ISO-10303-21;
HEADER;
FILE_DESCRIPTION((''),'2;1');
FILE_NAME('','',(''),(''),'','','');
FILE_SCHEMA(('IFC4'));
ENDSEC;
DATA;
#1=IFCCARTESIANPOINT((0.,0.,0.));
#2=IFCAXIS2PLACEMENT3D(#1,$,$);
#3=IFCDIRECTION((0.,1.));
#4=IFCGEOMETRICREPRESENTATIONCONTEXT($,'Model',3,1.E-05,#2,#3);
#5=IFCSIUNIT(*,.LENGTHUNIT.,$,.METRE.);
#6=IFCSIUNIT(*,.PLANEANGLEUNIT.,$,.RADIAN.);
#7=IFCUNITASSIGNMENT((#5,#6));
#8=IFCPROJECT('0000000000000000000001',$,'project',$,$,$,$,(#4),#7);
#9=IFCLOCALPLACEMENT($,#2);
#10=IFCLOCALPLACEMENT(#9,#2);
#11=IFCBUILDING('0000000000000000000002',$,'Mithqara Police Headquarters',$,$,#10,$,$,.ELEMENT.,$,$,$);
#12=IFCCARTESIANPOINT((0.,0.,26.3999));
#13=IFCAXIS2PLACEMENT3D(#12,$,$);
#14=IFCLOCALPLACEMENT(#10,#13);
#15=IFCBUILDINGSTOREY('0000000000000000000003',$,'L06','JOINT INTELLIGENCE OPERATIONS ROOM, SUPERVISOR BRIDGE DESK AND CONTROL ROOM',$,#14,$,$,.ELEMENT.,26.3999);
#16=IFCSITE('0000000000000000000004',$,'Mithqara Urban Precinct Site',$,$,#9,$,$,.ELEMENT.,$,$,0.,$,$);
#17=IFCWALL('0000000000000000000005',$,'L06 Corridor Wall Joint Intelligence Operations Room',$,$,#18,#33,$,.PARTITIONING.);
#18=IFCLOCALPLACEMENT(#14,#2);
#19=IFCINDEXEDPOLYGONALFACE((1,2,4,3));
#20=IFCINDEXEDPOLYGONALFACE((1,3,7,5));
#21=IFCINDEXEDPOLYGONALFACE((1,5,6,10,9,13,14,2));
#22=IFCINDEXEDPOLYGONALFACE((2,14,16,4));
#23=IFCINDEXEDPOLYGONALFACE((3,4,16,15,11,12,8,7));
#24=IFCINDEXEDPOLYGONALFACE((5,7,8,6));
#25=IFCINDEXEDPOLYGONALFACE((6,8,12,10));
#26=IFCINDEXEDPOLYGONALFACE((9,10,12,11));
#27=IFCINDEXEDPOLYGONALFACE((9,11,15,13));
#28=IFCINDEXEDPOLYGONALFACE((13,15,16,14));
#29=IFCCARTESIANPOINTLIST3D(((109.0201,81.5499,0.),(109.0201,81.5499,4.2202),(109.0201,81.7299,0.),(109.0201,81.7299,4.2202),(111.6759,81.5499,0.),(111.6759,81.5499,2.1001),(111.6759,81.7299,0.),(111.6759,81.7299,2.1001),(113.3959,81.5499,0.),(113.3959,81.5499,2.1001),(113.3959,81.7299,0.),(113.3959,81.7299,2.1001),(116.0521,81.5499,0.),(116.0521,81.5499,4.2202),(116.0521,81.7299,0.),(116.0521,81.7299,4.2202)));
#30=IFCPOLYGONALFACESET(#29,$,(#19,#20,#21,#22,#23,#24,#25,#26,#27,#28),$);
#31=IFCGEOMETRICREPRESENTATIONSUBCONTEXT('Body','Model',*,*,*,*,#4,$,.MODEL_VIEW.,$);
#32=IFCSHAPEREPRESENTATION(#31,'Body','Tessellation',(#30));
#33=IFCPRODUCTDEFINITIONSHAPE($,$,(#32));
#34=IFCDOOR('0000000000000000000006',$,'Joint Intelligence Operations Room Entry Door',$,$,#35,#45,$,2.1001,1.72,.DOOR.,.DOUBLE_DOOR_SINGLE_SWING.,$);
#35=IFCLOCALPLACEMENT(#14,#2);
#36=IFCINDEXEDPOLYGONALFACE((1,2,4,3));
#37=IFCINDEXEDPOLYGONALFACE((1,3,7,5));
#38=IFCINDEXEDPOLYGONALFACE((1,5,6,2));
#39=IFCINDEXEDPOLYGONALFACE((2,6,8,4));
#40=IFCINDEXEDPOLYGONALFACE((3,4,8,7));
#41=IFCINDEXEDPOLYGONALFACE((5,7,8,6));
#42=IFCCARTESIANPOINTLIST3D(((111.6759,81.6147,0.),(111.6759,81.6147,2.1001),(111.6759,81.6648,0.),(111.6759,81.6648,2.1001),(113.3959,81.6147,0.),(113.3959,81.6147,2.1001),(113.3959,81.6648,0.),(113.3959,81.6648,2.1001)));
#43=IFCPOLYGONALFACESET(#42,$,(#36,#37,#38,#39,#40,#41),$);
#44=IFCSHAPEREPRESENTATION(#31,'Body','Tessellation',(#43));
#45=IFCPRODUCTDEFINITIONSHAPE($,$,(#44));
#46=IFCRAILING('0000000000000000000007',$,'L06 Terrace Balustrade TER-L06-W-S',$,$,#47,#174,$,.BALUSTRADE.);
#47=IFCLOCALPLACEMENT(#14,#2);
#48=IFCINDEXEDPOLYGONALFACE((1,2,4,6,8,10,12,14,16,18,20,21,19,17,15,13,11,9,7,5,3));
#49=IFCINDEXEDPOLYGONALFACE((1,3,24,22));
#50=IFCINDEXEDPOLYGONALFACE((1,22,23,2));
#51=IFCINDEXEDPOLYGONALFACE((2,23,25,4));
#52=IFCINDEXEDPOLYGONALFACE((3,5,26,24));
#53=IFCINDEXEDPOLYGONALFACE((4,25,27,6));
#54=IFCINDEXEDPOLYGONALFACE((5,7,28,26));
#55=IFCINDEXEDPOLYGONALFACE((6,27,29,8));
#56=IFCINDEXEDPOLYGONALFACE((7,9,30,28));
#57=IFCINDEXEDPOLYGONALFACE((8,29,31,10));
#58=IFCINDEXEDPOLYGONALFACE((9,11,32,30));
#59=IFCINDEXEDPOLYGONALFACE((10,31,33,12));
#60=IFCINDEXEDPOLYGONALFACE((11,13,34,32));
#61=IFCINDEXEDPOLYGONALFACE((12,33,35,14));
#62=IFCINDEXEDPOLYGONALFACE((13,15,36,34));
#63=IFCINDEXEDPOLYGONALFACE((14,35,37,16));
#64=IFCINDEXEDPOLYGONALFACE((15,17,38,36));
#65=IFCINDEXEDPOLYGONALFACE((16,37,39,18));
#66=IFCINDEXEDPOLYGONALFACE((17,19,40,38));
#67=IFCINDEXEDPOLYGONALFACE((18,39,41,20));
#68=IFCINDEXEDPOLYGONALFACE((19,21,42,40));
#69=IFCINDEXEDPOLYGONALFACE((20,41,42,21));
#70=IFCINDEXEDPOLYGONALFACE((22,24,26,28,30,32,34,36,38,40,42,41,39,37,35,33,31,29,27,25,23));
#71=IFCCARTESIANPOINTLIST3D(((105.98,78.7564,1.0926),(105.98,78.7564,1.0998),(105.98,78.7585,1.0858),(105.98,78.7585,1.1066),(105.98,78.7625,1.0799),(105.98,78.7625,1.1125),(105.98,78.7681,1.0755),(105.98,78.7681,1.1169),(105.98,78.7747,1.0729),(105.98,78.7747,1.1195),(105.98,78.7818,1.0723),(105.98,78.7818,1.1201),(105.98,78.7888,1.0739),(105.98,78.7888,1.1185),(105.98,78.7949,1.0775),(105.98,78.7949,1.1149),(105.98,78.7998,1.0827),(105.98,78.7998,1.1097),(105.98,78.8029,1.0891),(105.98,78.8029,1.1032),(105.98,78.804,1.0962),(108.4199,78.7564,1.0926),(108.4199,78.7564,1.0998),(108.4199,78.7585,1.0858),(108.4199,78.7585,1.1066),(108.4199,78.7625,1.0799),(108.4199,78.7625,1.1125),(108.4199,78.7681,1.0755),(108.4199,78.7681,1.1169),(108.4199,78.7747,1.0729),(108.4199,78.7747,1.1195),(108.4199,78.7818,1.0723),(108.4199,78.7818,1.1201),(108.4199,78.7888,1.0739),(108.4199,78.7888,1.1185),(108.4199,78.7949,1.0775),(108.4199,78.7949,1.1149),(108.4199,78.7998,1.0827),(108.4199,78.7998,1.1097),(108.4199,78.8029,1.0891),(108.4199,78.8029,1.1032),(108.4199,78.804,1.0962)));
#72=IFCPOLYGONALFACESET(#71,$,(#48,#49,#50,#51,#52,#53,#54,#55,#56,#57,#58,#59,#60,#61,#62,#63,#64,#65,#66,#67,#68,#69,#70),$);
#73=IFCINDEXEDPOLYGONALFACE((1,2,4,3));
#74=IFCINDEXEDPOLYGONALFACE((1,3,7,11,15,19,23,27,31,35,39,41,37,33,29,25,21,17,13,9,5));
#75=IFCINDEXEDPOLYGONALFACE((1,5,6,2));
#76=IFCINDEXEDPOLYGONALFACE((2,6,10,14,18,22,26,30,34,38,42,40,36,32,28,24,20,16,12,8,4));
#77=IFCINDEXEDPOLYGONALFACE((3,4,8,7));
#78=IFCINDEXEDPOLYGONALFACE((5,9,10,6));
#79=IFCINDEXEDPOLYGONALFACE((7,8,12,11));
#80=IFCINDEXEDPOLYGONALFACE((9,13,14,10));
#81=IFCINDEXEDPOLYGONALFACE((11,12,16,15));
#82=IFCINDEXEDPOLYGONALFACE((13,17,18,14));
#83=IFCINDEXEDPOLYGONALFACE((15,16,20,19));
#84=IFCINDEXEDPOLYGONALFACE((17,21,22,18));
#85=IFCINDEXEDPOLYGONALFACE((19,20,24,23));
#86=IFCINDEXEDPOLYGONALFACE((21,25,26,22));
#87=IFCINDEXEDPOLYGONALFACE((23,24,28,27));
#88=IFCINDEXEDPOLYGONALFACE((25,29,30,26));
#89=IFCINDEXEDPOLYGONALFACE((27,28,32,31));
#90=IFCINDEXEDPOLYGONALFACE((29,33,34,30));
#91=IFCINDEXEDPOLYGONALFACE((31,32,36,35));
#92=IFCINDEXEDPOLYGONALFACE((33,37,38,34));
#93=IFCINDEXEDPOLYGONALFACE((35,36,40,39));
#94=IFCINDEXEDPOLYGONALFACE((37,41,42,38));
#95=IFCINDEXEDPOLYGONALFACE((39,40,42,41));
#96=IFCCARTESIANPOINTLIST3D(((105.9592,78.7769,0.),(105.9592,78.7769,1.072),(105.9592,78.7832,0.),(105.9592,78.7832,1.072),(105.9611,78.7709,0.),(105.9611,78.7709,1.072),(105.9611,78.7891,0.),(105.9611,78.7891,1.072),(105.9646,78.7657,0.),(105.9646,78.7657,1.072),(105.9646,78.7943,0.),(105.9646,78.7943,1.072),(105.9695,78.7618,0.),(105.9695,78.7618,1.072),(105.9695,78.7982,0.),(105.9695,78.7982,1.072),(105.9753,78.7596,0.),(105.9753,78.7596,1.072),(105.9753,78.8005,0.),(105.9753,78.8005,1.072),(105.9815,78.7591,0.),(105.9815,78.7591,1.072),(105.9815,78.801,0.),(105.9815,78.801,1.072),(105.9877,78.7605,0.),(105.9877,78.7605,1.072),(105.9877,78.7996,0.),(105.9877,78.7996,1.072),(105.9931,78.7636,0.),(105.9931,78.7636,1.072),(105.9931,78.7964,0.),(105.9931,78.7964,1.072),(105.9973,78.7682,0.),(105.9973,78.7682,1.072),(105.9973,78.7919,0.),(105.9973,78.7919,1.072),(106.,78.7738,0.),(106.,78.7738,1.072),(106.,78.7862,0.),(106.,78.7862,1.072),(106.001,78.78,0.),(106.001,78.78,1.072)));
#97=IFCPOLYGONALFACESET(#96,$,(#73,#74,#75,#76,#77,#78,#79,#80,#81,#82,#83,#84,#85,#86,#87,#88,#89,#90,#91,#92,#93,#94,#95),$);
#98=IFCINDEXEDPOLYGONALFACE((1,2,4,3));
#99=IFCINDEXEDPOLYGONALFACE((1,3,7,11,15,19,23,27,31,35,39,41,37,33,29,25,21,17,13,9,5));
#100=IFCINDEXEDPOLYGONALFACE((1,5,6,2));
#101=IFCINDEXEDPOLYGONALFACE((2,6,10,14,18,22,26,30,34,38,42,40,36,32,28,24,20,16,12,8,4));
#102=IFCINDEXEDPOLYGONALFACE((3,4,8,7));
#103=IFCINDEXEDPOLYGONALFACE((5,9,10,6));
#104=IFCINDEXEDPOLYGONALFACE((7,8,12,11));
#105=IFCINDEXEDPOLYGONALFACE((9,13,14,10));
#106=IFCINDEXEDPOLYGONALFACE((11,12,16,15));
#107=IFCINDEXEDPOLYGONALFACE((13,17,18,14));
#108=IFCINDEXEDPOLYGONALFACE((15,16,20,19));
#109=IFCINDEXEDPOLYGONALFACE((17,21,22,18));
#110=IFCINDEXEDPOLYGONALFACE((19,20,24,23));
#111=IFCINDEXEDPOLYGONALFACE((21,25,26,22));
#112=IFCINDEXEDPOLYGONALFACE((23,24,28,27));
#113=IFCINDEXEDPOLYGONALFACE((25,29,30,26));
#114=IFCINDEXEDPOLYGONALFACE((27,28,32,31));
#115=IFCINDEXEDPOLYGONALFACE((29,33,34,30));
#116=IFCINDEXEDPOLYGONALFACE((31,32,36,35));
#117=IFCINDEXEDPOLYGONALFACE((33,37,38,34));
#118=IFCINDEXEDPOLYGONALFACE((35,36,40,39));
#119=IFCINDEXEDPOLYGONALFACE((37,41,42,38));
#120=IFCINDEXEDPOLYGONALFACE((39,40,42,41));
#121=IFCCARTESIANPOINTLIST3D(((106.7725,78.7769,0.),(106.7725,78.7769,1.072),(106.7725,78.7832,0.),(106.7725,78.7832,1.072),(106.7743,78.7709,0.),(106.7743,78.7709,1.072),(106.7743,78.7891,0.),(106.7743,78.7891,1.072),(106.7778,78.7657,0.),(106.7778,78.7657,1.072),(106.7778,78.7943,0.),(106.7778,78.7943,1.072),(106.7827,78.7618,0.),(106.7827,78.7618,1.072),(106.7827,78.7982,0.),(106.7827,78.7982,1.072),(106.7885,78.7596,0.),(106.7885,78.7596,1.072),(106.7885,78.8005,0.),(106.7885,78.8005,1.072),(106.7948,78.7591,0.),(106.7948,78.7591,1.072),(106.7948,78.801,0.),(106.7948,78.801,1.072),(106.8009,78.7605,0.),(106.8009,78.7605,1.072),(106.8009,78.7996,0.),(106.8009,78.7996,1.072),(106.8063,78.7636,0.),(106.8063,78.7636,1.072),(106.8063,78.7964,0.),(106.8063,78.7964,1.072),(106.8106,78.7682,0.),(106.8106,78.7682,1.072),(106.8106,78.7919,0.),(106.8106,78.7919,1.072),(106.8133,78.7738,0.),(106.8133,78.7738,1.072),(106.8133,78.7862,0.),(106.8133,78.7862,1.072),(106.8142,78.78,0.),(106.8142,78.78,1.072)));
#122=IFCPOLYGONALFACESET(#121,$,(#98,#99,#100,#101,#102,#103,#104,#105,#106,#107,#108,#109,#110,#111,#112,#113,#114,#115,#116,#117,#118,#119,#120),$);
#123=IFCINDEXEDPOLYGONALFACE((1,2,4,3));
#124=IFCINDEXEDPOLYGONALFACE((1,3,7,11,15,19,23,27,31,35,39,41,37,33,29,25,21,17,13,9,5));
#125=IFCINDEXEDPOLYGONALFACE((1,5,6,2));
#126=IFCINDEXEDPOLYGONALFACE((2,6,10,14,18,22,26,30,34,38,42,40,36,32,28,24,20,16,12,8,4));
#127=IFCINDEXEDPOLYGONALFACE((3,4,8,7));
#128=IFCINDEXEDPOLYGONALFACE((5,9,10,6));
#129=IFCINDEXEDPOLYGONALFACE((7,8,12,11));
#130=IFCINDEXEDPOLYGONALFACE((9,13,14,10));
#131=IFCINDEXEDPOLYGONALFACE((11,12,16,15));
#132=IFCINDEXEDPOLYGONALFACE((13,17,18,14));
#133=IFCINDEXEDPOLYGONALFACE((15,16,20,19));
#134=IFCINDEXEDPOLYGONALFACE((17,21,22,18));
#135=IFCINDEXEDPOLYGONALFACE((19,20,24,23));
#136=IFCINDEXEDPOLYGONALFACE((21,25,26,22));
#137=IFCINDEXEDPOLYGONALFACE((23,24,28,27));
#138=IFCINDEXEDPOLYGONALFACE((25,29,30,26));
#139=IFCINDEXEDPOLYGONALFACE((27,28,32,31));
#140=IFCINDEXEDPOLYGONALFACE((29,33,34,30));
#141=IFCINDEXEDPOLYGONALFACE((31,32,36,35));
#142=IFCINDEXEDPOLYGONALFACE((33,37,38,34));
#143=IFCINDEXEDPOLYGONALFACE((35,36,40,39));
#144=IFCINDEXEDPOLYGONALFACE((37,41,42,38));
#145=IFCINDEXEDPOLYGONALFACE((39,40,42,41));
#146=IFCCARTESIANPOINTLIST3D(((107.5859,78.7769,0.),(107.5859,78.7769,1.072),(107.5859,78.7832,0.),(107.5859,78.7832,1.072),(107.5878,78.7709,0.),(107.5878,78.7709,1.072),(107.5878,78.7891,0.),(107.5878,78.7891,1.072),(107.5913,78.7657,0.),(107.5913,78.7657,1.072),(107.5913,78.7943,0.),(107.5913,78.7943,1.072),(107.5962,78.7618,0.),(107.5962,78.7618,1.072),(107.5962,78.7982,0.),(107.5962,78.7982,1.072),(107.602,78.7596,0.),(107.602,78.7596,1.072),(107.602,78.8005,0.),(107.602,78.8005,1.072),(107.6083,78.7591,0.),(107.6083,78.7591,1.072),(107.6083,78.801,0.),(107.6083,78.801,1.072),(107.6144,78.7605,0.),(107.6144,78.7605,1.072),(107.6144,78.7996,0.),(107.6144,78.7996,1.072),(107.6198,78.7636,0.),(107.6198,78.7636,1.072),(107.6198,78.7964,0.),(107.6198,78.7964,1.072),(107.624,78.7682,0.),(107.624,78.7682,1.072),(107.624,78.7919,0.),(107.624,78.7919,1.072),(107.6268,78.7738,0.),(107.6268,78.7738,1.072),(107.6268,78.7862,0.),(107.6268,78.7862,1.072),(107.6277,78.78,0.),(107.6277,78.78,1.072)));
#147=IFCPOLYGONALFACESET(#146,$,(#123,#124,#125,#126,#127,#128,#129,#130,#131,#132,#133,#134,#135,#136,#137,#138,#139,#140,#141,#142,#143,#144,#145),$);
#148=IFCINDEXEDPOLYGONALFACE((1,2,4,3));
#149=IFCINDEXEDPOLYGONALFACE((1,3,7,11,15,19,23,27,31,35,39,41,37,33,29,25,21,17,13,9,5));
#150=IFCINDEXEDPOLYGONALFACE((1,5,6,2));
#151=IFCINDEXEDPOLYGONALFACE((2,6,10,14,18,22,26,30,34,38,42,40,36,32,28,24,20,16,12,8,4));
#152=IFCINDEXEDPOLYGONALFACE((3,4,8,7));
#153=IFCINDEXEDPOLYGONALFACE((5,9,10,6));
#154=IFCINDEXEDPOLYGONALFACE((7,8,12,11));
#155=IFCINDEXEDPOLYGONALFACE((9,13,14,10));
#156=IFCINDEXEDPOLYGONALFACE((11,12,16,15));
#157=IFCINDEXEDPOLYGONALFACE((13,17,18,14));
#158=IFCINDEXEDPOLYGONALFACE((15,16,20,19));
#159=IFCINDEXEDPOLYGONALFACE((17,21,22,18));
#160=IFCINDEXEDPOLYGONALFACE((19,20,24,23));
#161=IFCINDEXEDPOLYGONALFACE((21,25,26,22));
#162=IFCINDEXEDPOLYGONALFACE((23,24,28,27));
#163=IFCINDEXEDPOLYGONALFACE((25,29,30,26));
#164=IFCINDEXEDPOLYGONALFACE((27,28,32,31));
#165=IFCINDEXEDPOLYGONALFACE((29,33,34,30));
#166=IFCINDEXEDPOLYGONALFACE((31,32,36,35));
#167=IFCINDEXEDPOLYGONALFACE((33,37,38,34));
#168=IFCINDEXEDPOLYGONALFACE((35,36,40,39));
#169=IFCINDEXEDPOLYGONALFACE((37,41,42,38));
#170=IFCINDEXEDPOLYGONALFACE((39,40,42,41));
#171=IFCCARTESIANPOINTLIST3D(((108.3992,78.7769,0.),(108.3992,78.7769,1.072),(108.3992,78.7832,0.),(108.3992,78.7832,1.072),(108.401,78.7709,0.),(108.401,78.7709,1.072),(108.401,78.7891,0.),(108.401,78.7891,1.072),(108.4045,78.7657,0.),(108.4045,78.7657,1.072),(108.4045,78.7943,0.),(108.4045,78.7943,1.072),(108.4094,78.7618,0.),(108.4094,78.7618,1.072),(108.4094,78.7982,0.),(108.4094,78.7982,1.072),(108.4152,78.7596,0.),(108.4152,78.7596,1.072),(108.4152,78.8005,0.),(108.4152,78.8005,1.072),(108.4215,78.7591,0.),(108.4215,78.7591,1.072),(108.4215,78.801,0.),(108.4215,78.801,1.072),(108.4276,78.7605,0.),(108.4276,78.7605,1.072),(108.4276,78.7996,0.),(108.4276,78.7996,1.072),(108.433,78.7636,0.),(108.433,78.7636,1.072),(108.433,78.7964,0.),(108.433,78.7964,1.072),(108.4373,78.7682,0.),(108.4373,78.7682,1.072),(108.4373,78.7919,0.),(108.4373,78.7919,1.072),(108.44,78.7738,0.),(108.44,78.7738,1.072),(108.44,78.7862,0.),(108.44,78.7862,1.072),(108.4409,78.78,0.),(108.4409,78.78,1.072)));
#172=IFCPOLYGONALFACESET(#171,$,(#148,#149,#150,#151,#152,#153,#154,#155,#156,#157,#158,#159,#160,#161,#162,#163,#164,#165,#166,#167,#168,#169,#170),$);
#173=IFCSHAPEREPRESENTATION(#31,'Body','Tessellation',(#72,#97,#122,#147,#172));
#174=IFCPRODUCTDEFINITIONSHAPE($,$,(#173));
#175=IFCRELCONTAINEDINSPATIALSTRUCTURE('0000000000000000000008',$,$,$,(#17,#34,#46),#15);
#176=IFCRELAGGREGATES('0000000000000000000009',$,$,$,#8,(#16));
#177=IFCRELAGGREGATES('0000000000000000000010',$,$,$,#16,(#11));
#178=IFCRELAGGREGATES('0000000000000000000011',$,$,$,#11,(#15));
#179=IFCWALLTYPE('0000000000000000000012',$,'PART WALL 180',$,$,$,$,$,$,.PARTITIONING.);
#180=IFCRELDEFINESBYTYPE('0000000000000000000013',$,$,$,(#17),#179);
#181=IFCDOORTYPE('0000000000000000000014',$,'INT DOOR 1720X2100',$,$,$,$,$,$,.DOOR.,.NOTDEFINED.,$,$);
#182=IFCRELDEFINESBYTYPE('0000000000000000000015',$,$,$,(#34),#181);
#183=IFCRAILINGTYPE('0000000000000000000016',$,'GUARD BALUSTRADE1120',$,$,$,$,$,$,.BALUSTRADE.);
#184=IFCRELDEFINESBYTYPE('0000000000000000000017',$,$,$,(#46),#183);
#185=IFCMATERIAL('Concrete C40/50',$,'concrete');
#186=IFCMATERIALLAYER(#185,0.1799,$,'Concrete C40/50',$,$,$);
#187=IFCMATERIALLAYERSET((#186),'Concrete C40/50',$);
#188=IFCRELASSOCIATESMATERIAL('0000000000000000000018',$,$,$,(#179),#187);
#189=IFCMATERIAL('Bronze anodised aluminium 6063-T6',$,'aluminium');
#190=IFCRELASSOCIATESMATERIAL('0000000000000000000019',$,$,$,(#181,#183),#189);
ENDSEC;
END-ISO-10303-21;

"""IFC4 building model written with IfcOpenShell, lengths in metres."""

from ifc_helpers import new_model, si_unit, direction, frame, frame_2d, origin, origin_2d, place, context, subcontext, project, spatial, rectangle, circle, extrude, material, layer, layer_set, type_object, element, fill, save


model = new_model("IFC4")

# Units and contexts
model_context = context("Model", 3, precision=1e-05, world=origin(), true_north=direction((0.0, 1.0)))
body_context = subcontext(model_context, "Body", "Model", "MODEL_VIEW")
ifc_project = project(units=[si_unit("LENGTHUNIT", "METRE"), si_unit("PLANEANGLEUNIT", "RADIAN")], contexts=[model_context])

# Site, building, storey
site_placement = place(None, origin())
site = spatial("IfcSite", under=ifc_project, at=site_placement, Name="Mithqara Urban Precinct Site", CompositionType="ELEMENT", RefElevation=0.0)
building_placement = place(site_placement, origin())
building = spatial("IfcBuilding", under=site, at=building_placement, Name="Mithqara Police Headquarters", CompositionType="ELEMENT")
storey_placement = place(building_placement, frame((0.0, 0.0, 26.3999)))
storey = spatial("IfcBuildingStorey", under=building, at=storey_placement, Name="L06", Description="JOINT INTELLIGENCE OPERATIONS ROOM, SUPERVISOR BRIDGE DESK AND CONTROL ROOM", CompositionType="ELEMENT", Elevation=26.3999)

# Shared definitions
ifc_material_1 = material(Name="Concrete C40/50", Category="concrete")

# Wall, opening, door
ifc_layer_1 = layer(ifc_material_1, 0.1799, Name="Concrete C40/50")
ifc_layer_set_1 = layer_set([ifc_layer_1], Name="Concrete C40/50")
wall_type_1 = type_object("IfcWallType", Name="PART WALL 180", PredefinedType="PARTITIONING", material=ifc_layer_set_1)
wall_1_placement = place(storey_placement, frame((109.02, 81.6399, 0.0), z_axis=(0.0, 0.0, 1.0), x_axis=(1.0, 0.0, 0.0)))
wall_1 = element("IfcWall", 1, at=wall_1_placement, inside=storey, type_object=wall_type_1, Name="L06 Corridor Wall Joint Intelligence Operations Room", PredefinedType="PARTITIONING", context=body_context, shape_type="SweptSolid", body=[
    extrude(rectangle(XDim=7.032, YDim=0.1799, at=frame_2d((3.5161, 0.0))), origin(), (0.0, 0.0, 1.0), 4.2202),
])
opening_1_placement = place(wall_1_placement, frame((2.656, 0.0, 0.0)))
opening_1 = element("IfcOpeningElement", 2, at=opening_1_placement, cuts=wall_1, PredefinedType="OPENING", context=body_context, shape_type="SweptSolid", body=[
    extrude(rectangle(XDim=1.72, YDim=2.1001, at=frame_2d((0.8599, 1.05))), frame((0.0, 0.1001, 0.0), z_axis=(0.0, -1.0, 0.0), x_axis=(1.0, 0.0, 0.0)), (0.0, 0.0, 1.0), 0.2),
])
ifc_material_2 = material(Name="Bronze anodised aluminium 6063-T6", Category="aluminium")
door_type = type_object("IfcDoorType", Name="INT DOOR 1720X2100", OperationType="NOTDEFINED", PredefinedType="DOOR", material=ifc_material_2)
door_placement = place(opening_1_placement, origin())
door = element("IfcDoor", 3, at=door_placement, inside=storey, type_object=door_type, Name="Joint Intelligence Operations Room Entry Door", OperationType="DOUBLE_DOOR_SINGLE_SWING", OverallHeight=2.1001, OverallWidth=1.72, PredefinedType="DOOR", context=body_context, shape_type="SweptSolid", body=[
    extrude(rectangle(XDim=1.72, YDim=2.1001, at=frame_2d((0.8599, 1.05))), frame((0.0, 0.0249, 0.0), z_axis=(0.0, -1.0, 0.0), x_axis=(1.0, 0.0, 0.0)), (0.0, 0.0, 1.0), 0.05),
])
fill(opening_1, door)

# Railing
railing_type = type_object("IfcRailingType", Name="GUARD BALUSTRADE1120", PredefinedType="BALUSTRADE", material=ifc_material_2)
for number, where, name in (
    (4, (105.98, 78.78, 0.0), "L06 Terrace Balustrade TER-L06-W-S"),
):
    element("IfcRailing", number, at=place(storey_placement, frame(where)), inside=storey, type_object=railing_type, Name=name, PredefinedType="BALUSTRADE", context=body_context, shape_type="SweptSolid", body=[
        extrude(circle(Radius=0.0239, at=origin_2d()), frame((0.0, 0.0, 1.0962), z_axis=(1.0, 0.0, 0.0), x_axis=(0.0, 1.0, 0.0)), (0.0, 0.0, 1.0), 2.4399),
        extrude(circle(Radius=0.021, at=origin_2d()), origin(), (0.0, 0.0, 1.0), 1.072),
        extrude(circle(Radius=0.021, at=origin_2d()), frame((0.8132, 0.0, 0.0)), (0.0, 0.0, 1.0), 1.072),
        extrude(circle(Radius=0.021, at=origin_2d()), frame((1.6267, 0.0, 0.0)), (0.0, 0.0, 1.0), 1.072),
        extrude(circle(Radius=0.021, at=origin_2d()), frame((2.4399, 0.0, 0.0)), (0.0, 0.0, 1.0), 1.072),
    ])

save(model, "model.ifc")
